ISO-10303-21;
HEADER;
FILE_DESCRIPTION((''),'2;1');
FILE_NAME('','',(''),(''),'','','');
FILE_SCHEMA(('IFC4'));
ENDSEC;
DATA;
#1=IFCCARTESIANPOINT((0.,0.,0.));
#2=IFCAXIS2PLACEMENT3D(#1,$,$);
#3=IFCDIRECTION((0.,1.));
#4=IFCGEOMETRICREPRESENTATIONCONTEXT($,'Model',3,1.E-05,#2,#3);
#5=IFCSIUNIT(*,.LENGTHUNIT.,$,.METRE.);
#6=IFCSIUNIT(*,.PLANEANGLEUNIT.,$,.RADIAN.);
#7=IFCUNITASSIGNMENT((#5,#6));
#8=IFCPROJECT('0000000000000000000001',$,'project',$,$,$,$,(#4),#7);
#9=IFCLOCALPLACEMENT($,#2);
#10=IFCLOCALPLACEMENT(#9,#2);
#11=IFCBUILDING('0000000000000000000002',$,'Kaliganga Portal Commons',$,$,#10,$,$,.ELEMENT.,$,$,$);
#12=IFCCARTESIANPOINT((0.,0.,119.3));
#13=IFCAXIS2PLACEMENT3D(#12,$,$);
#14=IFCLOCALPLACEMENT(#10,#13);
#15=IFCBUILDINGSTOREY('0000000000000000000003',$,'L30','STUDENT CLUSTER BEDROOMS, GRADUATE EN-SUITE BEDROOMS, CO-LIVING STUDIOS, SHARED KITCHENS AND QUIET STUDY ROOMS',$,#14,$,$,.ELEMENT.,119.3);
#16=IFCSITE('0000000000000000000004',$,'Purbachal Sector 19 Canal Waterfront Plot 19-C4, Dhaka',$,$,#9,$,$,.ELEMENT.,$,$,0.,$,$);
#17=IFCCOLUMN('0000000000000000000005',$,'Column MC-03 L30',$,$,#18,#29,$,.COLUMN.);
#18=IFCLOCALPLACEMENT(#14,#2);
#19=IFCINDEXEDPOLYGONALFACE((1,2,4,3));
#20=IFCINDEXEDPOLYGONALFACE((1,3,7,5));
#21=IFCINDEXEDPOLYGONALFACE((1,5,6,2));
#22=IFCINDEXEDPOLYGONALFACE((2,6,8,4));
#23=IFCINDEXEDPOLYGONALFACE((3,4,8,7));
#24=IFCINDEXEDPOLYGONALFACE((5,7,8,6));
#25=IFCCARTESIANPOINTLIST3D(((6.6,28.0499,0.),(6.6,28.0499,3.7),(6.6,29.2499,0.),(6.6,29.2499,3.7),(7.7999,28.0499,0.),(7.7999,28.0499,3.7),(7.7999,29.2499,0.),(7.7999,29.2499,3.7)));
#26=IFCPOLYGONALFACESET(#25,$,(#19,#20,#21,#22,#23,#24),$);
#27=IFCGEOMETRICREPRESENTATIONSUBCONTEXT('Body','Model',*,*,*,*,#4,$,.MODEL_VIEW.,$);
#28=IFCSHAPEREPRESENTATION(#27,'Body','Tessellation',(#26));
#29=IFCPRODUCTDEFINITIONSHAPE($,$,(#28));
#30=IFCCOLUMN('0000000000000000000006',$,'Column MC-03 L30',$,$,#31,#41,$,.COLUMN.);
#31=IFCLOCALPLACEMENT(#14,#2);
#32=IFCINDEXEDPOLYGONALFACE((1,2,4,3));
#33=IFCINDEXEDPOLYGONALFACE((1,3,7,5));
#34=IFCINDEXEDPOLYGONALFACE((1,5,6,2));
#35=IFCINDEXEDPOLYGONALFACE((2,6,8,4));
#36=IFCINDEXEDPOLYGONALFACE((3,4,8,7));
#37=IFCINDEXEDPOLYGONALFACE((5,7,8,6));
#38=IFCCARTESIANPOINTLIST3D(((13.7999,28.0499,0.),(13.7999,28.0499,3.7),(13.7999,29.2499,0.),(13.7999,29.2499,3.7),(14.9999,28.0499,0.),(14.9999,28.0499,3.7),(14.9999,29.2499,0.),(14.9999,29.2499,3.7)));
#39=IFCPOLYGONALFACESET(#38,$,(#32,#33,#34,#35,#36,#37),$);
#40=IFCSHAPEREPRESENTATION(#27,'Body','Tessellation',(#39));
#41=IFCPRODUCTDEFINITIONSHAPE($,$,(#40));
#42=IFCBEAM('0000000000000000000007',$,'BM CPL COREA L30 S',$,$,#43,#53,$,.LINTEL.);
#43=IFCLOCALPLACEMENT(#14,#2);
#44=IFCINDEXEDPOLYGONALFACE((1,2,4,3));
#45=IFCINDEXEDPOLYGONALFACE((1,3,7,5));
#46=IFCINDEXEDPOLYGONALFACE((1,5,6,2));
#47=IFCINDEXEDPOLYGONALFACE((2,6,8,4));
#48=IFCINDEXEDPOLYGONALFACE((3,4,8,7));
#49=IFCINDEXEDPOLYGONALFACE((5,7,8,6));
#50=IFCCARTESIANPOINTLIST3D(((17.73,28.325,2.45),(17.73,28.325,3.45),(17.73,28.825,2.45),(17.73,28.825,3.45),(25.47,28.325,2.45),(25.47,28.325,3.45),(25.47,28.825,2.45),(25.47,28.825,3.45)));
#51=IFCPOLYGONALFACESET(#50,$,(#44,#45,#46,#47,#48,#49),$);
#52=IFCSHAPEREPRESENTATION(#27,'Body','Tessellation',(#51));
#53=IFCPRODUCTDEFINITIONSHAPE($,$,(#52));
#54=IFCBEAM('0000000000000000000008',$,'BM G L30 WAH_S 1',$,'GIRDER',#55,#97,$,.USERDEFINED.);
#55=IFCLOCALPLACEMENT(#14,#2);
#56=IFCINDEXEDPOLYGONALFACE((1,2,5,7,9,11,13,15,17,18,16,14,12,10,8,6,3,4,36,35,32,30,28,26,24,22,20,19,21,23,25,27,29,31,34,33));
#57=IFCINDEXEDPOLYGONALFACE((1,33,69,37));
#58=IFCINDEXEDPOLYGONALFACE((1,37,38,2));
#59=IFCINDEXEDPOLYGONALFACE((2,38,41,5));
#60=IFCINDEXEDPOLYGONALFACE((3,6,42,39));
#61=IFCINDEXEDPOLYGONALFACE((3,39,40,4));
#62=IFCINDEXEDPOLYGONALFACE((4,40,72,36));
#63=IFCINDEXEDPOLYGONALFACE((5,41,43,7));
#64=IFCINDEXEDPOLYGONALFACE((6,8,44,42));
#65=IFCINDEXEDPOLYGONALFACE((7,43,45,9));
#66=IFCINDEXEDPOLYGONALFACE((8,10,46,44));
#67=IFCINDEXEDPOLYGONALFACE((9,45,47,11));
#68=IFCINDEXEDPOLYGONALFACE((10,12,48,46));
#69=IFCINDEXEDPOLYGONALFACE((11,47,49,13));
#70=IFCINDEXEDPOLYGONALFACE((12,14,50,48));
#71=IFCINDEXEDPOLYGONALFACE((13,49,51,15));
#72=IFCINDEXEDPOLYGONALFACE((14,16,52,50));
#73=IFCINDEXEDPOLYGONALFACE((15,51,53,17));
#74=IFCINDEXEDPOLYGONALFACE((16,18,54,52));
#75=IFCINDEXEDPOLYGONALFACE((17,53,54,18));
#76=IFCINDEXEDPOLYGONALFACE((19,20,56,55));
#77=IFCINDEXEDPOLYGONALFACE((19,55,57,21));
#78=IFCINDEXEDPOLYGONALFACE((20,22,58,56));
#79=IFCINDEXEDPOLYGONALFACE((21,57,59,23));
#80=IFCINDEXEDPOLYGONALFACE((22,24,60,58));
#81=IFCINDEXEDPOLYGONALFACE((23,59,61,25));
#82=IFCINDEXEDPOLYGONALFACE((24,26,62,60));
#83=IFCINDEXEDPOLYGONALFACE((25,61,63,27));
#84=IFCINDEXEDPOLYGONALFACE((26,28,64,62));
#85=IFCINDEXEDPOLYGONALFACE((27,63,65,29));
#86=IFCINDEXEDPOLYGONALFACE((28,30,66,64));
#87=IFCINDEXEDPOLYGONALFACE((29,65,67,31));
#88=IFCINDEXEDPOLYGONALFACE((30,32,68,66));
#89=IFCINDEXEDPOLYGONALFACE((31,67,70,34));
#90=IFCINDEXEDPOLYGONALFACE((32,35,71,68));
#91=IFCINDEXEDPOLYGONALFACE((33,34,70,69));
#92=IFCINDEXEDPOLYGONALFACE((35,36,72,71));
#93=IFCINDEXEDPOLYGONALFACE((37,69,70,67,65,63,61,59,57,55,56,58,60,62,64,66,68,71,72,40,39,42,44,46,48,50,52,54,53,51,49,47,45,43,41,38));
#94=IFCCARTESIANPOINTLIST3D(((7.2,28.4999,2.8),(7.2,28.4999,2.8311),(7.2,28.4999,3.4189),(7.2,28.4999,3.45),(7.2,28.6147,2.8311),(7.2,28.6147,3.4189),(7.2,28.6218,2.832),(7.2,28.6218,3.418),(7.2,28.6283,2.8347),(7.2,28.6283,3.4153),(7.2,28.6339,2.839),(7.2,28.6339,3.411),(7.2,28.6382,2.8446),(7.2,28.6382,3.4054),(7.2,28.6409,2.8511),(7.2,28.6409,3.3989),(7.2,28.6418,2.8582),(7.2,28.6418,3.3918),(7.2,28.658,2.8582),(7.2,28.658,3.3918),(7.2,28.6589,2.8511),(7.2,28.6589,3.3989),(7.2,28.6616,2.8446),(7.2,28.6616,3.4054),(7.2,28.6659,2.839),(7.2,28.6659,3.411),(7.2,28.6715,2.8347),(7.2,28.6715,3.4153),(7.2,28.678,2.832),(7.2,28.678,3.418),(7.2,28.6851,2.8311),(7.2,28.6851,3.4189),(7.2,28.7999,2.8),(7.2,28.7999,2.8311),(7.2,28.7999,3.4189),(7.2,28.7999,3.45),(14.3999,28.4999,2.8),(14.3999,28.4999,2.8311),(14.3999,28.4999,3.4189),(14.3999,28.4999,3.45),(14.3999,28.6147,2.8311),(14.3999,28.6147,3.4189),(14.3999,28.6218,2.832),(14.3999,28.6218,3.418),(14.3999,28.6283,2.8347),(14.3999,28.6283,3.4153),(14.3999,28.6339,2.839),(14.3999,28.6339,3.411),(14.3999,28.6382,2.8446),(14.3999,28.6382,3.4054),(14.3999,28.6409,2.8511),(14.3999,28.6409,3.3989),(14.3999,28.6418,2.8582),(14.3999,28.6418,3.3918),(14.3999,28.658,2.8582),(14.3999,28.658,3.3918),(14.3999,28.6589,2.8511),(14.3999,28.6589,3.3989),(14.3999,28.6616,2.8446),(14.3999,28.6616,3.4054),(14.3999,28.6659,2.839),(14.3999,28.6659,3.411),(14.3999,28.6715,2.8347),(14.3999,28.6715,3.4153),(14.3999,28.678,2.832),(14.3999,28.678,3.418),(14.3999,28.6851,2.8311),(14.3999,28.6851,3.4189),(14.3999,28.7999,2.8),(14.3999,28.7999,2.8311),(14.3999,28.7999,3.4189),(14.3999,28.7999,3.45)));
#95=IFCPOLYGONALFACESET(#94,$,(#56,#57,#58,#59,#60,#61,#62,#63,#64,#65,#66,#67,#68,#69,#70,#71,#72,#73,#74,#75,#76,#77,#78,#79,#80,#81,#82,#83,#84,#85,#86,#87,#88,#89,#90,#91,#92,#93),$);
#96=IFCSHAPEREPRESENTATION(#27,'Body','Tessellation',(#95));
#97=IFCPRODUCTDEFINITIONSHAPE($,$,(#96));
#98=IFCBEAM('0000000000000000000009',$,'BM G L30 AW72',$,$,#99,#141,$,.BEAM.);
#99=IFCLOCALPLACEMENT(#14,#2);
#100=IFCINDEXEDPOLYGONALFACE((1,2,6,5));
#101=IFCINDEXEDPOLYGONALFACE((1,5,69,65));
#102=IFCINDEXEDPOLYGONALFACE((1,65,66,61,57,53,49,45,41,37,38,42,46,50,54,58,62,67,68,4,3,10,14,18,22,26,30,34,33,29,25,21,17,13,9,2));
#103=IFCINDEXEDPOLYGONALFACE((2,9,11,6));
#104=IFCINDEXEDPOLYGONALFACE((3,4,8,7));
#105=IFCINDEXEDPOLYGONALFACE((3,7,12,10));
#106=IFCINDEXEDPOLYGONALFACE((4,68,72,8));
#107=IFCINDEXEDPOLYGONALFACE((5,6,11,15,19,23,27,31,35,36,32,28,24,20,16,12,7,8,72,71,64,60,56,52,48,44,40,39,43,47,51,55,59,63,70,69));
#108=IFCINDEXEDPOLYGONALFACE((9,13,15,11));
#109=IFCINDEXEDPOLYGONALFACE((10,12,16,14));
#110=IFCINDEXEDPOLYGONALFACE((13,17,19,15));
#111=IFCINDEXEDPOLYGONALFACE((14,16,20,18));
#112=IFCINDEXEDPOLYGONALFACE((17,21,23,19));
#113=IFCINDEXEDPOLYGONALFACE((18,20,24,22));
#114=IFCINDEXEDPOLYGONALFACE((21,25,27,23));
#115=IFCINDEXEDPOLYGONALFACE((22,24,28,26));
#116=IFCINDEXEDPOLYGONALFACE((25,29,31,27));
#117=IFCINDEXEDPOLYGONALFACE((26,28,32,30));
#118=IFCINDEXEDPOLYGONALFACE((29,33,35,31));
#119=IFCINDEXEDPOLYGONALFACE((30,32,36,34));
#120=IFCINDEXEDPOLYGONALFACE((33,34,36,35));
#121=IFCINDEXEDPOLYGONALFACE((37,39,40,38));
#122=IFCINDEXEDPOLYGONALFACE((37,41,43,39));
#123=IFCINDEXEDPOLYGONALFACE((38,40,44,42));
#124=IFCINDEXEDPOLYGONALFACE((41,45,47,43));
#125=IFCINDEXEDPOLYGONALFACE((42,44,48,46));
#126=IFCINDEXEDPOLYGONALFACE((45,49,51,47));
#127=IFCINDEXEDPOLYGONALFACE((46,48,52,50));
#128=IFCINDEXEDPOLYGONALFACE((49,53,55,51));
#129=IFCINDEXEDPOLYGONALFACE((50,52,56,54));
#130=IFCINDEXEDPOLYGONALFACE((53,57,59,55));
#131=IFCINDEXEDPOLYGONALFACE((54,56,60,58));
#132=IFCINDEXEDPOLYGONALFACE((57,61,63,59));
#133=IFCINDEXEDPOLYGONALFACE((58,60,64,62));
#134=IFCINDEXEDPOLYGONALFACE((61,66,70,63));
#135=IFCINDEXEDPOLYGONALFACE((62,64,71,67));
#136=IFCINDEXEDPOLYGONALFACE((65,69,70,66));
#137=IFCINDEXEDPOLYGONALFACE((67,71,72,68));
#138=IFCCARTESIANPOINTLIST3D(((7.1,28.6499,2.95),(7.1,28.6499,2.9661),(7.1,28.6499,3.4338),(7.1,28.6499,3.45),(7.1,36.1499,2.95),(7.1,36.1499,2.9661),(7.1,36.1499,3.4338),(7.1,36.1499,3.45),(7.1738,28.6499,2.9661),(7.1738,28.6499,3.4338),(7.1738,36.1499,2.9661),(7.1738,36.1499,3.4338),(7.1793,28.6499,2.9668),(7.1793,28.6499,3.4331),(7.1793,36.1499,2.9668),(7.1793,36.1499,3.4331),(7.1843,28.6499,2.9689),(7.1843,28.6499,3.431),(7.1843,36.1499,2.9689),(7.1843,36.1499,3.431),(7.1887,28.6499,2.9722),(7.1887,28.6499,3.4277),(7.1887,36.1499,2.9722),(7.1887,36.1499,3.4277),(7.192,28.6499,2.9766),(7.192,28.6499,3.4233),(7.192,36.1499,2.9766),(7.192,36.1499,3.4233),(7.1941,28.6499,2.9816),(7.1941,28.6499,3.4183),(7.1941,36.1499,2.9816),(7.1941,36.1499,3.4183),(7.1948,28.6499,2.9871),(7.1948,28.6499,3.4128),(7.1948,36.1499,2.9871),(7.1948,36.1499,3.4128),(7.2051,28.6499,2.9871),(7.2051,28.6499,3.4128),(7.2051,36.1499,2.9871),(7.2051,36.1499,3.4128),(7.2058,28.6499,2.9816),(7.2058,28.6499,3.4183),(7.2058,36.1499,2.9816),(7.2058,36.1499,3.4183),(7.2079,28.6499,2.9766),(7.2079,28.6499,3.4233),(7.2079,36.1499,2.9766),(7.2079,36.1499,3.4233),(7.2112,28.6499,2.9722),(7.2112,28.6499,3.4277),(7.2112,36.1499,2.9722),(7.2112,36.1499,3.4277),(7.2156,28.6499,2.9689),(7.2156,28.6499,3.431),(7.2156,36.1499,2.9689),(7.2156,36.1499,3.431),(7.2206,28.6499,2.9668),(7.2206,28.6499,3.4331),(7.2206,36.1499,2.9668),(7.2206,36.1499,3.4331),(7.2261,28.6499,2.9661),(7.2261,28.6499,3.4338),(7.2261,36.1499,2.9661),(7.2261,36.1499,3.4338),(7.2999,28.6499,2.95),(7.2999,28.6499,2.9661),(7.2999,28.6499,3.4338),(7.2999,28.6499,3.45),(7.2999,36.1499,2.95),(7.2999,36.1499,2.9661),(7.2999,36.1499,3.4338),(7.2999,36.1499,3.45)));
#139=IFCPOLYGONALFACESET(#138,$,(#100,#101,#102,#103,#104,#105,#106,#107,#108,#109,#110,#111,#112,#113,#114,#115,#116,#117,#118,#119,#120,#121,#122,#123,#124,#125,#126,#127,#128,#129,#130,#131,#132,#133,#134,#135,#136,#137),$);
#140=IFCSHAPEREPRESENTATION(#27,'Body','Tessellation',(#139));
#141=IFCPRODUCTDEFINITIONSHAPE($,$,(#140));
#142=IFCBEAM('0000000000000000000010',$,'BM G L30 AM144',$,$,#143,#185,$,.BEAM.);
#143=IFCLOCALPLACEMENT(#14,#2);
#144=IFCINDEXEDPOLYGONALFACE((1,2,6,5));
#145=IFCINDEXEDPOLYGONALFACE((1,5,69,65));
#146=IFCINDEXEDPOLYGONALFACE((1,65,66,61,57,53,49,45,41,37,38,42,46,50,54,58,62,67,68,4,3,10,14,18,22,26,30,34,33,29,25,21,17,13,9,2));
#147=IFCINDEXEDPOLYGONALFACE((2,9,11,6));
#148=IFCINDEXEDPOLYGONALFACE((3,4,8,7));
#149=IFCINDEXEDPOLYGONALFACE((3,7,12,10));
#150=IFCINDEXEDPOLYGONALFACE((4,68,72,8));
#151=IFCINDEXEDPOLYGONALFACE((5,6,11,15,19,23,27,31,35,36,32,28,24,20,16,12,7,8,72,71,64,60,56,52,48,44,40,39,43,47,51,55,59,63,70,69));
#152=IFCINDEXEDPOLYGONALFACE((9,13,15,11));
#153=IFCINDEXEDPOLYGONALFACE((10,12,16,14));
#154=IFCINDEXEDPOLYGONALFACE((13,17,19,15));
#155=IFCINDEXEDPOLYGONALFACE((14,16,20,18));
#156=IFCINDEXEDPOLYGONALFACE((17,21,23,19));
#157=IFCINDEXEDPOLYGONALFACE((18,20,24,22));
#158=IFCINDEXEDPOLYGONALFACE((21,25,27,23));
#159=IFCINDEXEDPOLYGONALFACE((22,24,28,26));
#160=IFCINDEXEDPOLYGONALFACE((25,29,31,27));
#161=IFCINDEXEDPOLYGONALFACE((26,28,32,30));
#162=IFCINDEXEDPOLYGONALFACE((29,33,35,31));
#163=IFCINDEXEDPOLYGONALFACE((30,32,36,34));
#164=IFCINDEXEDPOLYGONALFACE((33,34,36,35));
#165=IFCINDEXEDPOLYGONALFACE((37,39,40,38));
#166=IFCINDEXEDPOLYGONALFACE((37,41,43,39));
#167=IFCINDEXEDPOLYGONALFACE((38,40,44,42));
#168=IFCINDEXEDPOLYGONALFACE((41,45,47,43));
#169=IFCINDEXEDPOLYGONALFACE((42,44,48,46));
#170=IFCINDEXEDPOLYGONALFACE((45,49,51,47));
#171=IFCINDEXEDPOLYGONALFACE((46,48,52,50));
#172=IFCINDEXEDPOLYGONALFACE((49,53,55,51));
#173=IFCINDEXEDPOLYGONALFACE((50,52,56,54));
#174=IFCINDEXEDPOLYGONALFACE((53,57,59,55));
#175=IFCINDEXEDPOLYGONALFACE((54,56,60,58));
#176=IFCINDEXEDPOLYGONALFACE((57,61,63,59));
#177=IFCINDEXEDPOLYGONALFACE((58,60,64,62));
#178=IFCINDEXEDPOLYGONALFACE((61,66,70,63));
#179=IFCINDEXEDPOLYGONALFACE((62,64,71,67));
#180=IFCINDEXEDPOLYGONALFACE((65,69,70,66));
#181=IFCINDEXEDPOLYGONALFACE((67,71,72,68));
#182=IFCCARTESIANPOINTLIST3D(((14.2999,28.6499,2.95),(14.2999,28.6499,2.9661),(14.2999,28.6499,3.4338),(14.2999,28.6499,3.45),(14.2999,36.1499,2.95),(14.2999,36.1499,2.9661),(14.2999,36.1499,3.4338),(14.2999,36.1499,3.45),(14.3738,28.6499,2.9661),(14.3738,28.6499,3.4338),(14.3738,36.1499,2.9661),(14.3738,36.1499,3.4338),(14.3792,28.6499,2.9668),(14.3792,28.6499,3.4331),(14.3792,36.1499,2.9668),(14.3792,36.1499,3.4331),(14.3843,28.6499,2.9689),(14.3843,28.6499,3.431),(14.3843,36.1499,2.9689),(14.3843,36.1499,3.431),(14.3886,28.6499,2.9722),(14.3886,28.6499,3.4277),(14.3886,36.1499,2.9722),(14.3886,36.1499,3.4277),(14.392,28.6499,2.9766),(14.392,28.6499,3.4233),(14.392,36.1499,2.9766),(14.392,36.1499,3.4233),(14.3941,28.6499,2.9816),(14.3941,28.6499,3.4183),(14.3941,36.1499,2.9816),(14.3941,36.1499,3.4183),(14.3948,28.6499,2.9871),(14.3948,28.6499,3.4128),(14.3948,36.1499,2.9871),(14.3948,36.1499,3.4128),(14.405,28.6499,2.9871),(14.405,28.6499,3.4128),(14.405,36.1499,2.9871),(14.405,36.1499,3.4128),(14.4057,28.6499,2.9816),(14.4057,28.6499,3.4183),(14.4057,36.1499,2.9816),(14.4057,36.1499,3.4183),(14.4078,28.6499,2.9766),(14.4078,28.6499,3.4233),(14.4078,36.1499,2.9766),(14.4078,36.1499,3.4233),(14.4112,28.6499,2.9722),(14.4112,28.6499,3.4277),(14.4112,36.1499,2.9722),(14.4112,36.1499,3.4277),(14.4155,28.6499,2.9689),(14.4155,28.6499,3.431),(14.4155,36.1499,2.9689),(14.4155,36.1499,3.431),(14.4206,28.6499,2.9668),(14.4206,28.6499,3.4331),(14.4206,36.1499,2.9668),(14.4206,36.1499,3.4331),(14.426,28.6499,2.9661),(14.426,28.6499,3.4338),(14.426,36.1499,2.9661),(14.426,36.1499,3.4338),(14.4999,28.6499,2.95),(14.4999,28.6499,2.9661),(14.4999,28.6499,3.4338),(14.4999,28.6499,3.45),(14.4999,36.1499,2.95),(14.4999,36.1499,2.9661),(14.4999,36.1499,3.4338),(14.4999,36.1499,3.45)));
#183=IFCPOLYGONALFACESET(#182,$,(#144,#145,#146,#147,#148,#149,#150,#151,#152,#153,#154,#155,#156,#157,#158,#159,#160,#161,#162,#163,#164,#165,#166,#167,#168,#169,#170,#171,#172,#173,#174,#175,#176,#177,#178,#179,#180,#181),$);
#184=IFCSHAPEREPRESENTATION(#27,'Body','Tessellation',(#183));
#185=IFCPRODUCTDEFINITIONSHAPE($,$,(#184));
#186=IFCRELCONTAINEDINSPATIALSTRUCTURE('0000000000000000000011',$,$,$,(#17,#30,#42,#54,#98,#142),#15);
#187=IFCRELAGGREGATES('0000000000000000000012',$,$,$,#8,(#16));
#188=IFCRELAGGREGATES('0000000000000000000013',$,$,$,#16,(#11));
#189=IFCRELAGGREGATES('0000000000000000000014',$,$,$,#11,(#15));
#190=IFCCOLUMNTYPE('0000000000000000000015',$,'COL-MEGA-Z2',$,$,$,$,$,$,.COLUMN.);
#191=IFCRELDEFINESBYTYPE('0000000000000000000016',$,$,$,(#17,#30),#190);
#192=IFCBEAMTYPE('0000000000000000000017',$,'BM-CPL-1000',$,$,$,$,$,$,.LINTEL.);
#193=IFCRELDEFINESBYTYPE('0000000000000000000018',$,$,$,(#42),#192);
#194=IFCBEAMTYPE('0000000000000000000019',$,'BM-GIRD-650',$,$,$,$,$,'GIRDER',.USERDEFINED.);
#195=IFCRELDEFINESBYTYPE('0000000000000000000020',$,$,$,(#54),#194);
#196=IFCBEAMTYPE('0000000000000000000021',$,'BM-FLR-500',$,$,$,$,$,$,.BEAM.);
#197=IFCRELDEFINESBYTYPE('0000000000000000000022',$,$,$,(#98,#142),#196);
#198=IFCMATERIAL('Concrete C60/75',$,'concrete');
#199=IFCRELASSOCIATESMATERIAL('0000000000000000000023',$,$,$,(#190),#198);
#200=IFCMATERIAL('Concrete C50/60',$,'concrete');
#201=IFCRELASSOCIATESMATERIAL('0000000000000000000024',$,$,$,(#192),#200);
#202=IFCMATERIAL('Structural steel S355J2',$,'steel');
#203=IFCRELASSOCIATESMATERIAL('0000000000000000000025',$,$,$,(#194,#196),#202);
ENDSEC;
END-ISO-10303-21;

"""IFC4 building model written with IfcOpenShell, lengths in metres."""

from ifc_helpers import new_model, si_unit, direction, frame, origin, origin_2d, place, context, subcontext, project, spatial, rectangle, i_section, extrude, source, transform, mapped, material, material_profile, profile_set, type_object, element, save


model = new_model("IFC4")

# Units and contexts
model_context = context("Model", 3, precision=1e-05, world=origin(), true_north=direction((0.0, 1.0)))
body_context = subcontext(model_context, "Body", "Model", "MODEL_VIEW")
ifc_project = project(units=[si_unit("LENGTHUNIT", "METRE"), si_unit("PLANEANGLEUNIT", "RADIAN")], contexts=[model_context])

# Site, building, storey
site_placement = place(None, origin())
site = spatial("IfcSite", under=ifc_project, at=site_placement, Name="Purbachal Sector 19 Canal Waterfront Plot 19-C4, Dhaka", CompositionType="ELEMENT", RefElevation=0.0)
building_placement = place(site_placement, origin())
building = spatial("IfcBuilding", under=site, at=building_placement, Name="Kaliganga Portal Commons", CompositionType="ELEMENT")
storey_placement = place(building_placement, frame((0.0, 0.0, 119.3)))
storey = spatial("IfcBuildingStorey", under=building, at=storey_placement, Name="L30", Description="STUDENT CLUSTER BEDROOMS, GRADUATE EN-SUITE BEDROOMS, CO-LIVING STUDIOS, SHARED KITCHENS AND QUIET STUDY ROOMS", CompositionType="ELEMENT", Elevation=119.3)

# Columns
ifc_material_1 = material(Name="Concrete C60/75", Category="concrete")
ifc_material_profile_1 = material_profile(ifc_material_1, rectangle(XDim=1.2, YDim=1.2, at=origin_2d()), Name="RC 1200x1200")
ifc_profile_set_1 = profile_set([ifc_material_profile_1], Name="Concrete C60/75")
column_type = type_object("IfcColumnType", Name="COL-MEGA-Z2", PredefinedType="COLUMN", material=ifc_profile_set_1)
shared_shape_1 = source(origin(), body_context, "Body", "SweptSolid", [
    extrude(rectangle(XDim=1.2, YDim=1.2, at=origin_2d()), origin(), (0.0, 0.0, 1.0), 3.7),
])
for number, where, z_axis, x_axis, name in (
    (1, (7.2, 28.6499, 0.0), (0.0, 0.0, 1.0), (1.0, 0.0, 0.0), "Column MC-03 L30"),
    (2, (14.3999, 28.6499, 0.0), (0.0, 0.0, 1.0), (1.0, 0.0, 0.0), "Column MC-03 L30"),
):
    element("IfcColumn", number, at=place(storey_placement, frame(where, z_axis=z_axis, x_axis=x_axis)), inside=storey, type_object=column_type, Name=name, PredefinedType="COLUMN", context=body_context, shape_type="MappedRepresentation", body=[
        mapped(shared_shape_1, transform((0.0, 0.0, 0.0), x_axis=(1.0, 0.0, 0.0), y_axis=(0.0, 1.0, 0.0), z_axis=(0.0, 0.0, 1.0), scale=1.0)),
    ])

# Beams
ifc_material_2 = material(Name="Concrete C50/60", Category="concrete")
ifc_material_profile_2 = material_profile(ifc_material_2, rectangle(XDim=0.5, YDim=1.0, at=origin_2d()), Name="RC 500x1000")
ifc_profile_set_2 = profile_set([ifc_material_profile_2], Name="Concrete C50/60")
beam_type_1 = type_object("IfcBeamType", Name="BM-CPL-1000", PredefinedType="LINTEL", material=ifc_profile_set_2)
shared_shape_2 = source(origin(), body_context, "Body", "SweptSolid", [
    extrude(rectangle(XDim=0.5, YDim=1.0, at=origin_2d()), origin(), (0.0, 0.0, 1.0), 7.74),
])
beam_1_placement = place(storey_placement, frame((17.73, 28.575, 2.95), z_axis=(1.0, 0.0, 0.0), x_axis=(0.0, 1.0, 0.0)))
element("IfcBeam", 3, at=beam_1_placement, inside=storey, type_object=beam_type_1, Name="BM CPL COREA L30 S", PredefinedType="LINTEL", context=body_context, shape_type="MappedRepresentation", body=[
    mapped(shared_shape_2, transform((0.0, 0.0, 0.0), x_axis=(1.0, 0.0, 0.0), y_axis=(0.0, 1.0, 0.0), z_axis=(0.0, 0.0, 1.0), scale=1.0)),
])
ifc_material_3 = material(Name="Structural steel S355J2", Category="steel")
ifc_material_profile_3 = material_profile(ifc_material_3, i_section(OverallWidth=0.3, OverallDepth=0.6499, WebThickness=0.0161, FlangeThickness=0.031, FilletRadius=0.0271, at=origin_2d()), Name="HE 650 B")
ifc_profile_set_3 = profile_set([ifc_material_profile_3], Name="Structural steel S355J2 wide-flange")
beam_type_2 = type_object("IfcBeamType", Name="BM-GIRD-650", ElementType="GIRDER", PredefinedType="USERDEFINED", material=ifc_profile_set_3)
shared_shape_3 = source(origin(), body_context, "Body", "SweptSolid", [
    extrude(i_section(OverallWidth=0.3, OverallDepth=0.6499, WebThickness=0.0161, FlangeThickness=0.031, FilletRadius=0.0271, at=origin_2d()), origin(), (0.0, 0.0, 1.0), 7.2),
])
beam_2_placement = place(storey_placement, frame((7.2, 28.6499, 3.125), z_axis=(1.0, 0.0, 0.0), x_axis=(0.0, 1.0, 0.0)))
element("IfcBeam", 4, at=beam_2_placement, inside=storey, type_object=beam_type_2, Name="BM G L30 WAH_S 1", ObjectType="GIRDER", PredefinedType="USERDEFINED", context=body_context, shape_type="MappedRepresentation", body=[
    mapped(shared_shape_3, transform((0.0, 0.0, 0.0), x_axis=(1.0, 0.0, 0.0), y_axis=(0.0, 1.0, 0.0), z_axis=(0.0, 0.0, 1.0), scale=1.0)),
])
ifc_material_profile_4 = material_profile(ifc_material_3, i_section(OverallWidth=0.2, OverallDepth=0.5, WebThickness=0.0103, FlangeThickness=0.0161, FilletRadius=0.021, at=origin_2d()), Name="IPE 500")
ifc_profile_set_4 = profile_set([ifc_material_profile_4], Name="Structural steel S355J2 wide-flange")
beam_type_3 = type_object("IfcBeamType", Name="BM-FLR-500", PredefinedType="BEAM", material=ifc_profile_set_4)
shared_shape_4 = source(origin(), body_context, "Body", "SweptSolid", [
    extrude(i_section(OverallWidth=0.2, OverallDepth=0.5, WebThickness=0.0103, FlangeThickness=0.0161, FilletRadius=0.021, at=origin_2d()), origin(), (0.0, 0.0, 1.0), 7.5),
])
for number, where, z_axis, x_axis, name in (
    (5, (7.2, 28.6499, 3.2), (0.0, 1.0, 0.0), (-1.0, 0.0, 0.0), "BM G L30 AW72"),
    (6, (14.3999, 28.6499, 3.2), (0.0, 1.0, 0.0), (-1.0, 0.0, 0.0), "BM G L30 AM144"),
):
    element("IfcBeam", number, at=place(storey_placement, frame(where, z_axis=z_axis, x_axis=x_axis)), inside=storey, type_object=beam_type_3, Name=name, PredefinedType="BEAM", context=body_context, shape_type="MappedRepresentation", body=[
        mapped(shared_shape_4, transform((0.0, 0.0, 0.0), x_axis=(1.0, 0.0, 0.0), y_axis=(0.0, 1.0, 0.0), z_axis=(0.0, 0.0, 1.0), scale=1.0)),
    ])

save(model, "model.ifc")
